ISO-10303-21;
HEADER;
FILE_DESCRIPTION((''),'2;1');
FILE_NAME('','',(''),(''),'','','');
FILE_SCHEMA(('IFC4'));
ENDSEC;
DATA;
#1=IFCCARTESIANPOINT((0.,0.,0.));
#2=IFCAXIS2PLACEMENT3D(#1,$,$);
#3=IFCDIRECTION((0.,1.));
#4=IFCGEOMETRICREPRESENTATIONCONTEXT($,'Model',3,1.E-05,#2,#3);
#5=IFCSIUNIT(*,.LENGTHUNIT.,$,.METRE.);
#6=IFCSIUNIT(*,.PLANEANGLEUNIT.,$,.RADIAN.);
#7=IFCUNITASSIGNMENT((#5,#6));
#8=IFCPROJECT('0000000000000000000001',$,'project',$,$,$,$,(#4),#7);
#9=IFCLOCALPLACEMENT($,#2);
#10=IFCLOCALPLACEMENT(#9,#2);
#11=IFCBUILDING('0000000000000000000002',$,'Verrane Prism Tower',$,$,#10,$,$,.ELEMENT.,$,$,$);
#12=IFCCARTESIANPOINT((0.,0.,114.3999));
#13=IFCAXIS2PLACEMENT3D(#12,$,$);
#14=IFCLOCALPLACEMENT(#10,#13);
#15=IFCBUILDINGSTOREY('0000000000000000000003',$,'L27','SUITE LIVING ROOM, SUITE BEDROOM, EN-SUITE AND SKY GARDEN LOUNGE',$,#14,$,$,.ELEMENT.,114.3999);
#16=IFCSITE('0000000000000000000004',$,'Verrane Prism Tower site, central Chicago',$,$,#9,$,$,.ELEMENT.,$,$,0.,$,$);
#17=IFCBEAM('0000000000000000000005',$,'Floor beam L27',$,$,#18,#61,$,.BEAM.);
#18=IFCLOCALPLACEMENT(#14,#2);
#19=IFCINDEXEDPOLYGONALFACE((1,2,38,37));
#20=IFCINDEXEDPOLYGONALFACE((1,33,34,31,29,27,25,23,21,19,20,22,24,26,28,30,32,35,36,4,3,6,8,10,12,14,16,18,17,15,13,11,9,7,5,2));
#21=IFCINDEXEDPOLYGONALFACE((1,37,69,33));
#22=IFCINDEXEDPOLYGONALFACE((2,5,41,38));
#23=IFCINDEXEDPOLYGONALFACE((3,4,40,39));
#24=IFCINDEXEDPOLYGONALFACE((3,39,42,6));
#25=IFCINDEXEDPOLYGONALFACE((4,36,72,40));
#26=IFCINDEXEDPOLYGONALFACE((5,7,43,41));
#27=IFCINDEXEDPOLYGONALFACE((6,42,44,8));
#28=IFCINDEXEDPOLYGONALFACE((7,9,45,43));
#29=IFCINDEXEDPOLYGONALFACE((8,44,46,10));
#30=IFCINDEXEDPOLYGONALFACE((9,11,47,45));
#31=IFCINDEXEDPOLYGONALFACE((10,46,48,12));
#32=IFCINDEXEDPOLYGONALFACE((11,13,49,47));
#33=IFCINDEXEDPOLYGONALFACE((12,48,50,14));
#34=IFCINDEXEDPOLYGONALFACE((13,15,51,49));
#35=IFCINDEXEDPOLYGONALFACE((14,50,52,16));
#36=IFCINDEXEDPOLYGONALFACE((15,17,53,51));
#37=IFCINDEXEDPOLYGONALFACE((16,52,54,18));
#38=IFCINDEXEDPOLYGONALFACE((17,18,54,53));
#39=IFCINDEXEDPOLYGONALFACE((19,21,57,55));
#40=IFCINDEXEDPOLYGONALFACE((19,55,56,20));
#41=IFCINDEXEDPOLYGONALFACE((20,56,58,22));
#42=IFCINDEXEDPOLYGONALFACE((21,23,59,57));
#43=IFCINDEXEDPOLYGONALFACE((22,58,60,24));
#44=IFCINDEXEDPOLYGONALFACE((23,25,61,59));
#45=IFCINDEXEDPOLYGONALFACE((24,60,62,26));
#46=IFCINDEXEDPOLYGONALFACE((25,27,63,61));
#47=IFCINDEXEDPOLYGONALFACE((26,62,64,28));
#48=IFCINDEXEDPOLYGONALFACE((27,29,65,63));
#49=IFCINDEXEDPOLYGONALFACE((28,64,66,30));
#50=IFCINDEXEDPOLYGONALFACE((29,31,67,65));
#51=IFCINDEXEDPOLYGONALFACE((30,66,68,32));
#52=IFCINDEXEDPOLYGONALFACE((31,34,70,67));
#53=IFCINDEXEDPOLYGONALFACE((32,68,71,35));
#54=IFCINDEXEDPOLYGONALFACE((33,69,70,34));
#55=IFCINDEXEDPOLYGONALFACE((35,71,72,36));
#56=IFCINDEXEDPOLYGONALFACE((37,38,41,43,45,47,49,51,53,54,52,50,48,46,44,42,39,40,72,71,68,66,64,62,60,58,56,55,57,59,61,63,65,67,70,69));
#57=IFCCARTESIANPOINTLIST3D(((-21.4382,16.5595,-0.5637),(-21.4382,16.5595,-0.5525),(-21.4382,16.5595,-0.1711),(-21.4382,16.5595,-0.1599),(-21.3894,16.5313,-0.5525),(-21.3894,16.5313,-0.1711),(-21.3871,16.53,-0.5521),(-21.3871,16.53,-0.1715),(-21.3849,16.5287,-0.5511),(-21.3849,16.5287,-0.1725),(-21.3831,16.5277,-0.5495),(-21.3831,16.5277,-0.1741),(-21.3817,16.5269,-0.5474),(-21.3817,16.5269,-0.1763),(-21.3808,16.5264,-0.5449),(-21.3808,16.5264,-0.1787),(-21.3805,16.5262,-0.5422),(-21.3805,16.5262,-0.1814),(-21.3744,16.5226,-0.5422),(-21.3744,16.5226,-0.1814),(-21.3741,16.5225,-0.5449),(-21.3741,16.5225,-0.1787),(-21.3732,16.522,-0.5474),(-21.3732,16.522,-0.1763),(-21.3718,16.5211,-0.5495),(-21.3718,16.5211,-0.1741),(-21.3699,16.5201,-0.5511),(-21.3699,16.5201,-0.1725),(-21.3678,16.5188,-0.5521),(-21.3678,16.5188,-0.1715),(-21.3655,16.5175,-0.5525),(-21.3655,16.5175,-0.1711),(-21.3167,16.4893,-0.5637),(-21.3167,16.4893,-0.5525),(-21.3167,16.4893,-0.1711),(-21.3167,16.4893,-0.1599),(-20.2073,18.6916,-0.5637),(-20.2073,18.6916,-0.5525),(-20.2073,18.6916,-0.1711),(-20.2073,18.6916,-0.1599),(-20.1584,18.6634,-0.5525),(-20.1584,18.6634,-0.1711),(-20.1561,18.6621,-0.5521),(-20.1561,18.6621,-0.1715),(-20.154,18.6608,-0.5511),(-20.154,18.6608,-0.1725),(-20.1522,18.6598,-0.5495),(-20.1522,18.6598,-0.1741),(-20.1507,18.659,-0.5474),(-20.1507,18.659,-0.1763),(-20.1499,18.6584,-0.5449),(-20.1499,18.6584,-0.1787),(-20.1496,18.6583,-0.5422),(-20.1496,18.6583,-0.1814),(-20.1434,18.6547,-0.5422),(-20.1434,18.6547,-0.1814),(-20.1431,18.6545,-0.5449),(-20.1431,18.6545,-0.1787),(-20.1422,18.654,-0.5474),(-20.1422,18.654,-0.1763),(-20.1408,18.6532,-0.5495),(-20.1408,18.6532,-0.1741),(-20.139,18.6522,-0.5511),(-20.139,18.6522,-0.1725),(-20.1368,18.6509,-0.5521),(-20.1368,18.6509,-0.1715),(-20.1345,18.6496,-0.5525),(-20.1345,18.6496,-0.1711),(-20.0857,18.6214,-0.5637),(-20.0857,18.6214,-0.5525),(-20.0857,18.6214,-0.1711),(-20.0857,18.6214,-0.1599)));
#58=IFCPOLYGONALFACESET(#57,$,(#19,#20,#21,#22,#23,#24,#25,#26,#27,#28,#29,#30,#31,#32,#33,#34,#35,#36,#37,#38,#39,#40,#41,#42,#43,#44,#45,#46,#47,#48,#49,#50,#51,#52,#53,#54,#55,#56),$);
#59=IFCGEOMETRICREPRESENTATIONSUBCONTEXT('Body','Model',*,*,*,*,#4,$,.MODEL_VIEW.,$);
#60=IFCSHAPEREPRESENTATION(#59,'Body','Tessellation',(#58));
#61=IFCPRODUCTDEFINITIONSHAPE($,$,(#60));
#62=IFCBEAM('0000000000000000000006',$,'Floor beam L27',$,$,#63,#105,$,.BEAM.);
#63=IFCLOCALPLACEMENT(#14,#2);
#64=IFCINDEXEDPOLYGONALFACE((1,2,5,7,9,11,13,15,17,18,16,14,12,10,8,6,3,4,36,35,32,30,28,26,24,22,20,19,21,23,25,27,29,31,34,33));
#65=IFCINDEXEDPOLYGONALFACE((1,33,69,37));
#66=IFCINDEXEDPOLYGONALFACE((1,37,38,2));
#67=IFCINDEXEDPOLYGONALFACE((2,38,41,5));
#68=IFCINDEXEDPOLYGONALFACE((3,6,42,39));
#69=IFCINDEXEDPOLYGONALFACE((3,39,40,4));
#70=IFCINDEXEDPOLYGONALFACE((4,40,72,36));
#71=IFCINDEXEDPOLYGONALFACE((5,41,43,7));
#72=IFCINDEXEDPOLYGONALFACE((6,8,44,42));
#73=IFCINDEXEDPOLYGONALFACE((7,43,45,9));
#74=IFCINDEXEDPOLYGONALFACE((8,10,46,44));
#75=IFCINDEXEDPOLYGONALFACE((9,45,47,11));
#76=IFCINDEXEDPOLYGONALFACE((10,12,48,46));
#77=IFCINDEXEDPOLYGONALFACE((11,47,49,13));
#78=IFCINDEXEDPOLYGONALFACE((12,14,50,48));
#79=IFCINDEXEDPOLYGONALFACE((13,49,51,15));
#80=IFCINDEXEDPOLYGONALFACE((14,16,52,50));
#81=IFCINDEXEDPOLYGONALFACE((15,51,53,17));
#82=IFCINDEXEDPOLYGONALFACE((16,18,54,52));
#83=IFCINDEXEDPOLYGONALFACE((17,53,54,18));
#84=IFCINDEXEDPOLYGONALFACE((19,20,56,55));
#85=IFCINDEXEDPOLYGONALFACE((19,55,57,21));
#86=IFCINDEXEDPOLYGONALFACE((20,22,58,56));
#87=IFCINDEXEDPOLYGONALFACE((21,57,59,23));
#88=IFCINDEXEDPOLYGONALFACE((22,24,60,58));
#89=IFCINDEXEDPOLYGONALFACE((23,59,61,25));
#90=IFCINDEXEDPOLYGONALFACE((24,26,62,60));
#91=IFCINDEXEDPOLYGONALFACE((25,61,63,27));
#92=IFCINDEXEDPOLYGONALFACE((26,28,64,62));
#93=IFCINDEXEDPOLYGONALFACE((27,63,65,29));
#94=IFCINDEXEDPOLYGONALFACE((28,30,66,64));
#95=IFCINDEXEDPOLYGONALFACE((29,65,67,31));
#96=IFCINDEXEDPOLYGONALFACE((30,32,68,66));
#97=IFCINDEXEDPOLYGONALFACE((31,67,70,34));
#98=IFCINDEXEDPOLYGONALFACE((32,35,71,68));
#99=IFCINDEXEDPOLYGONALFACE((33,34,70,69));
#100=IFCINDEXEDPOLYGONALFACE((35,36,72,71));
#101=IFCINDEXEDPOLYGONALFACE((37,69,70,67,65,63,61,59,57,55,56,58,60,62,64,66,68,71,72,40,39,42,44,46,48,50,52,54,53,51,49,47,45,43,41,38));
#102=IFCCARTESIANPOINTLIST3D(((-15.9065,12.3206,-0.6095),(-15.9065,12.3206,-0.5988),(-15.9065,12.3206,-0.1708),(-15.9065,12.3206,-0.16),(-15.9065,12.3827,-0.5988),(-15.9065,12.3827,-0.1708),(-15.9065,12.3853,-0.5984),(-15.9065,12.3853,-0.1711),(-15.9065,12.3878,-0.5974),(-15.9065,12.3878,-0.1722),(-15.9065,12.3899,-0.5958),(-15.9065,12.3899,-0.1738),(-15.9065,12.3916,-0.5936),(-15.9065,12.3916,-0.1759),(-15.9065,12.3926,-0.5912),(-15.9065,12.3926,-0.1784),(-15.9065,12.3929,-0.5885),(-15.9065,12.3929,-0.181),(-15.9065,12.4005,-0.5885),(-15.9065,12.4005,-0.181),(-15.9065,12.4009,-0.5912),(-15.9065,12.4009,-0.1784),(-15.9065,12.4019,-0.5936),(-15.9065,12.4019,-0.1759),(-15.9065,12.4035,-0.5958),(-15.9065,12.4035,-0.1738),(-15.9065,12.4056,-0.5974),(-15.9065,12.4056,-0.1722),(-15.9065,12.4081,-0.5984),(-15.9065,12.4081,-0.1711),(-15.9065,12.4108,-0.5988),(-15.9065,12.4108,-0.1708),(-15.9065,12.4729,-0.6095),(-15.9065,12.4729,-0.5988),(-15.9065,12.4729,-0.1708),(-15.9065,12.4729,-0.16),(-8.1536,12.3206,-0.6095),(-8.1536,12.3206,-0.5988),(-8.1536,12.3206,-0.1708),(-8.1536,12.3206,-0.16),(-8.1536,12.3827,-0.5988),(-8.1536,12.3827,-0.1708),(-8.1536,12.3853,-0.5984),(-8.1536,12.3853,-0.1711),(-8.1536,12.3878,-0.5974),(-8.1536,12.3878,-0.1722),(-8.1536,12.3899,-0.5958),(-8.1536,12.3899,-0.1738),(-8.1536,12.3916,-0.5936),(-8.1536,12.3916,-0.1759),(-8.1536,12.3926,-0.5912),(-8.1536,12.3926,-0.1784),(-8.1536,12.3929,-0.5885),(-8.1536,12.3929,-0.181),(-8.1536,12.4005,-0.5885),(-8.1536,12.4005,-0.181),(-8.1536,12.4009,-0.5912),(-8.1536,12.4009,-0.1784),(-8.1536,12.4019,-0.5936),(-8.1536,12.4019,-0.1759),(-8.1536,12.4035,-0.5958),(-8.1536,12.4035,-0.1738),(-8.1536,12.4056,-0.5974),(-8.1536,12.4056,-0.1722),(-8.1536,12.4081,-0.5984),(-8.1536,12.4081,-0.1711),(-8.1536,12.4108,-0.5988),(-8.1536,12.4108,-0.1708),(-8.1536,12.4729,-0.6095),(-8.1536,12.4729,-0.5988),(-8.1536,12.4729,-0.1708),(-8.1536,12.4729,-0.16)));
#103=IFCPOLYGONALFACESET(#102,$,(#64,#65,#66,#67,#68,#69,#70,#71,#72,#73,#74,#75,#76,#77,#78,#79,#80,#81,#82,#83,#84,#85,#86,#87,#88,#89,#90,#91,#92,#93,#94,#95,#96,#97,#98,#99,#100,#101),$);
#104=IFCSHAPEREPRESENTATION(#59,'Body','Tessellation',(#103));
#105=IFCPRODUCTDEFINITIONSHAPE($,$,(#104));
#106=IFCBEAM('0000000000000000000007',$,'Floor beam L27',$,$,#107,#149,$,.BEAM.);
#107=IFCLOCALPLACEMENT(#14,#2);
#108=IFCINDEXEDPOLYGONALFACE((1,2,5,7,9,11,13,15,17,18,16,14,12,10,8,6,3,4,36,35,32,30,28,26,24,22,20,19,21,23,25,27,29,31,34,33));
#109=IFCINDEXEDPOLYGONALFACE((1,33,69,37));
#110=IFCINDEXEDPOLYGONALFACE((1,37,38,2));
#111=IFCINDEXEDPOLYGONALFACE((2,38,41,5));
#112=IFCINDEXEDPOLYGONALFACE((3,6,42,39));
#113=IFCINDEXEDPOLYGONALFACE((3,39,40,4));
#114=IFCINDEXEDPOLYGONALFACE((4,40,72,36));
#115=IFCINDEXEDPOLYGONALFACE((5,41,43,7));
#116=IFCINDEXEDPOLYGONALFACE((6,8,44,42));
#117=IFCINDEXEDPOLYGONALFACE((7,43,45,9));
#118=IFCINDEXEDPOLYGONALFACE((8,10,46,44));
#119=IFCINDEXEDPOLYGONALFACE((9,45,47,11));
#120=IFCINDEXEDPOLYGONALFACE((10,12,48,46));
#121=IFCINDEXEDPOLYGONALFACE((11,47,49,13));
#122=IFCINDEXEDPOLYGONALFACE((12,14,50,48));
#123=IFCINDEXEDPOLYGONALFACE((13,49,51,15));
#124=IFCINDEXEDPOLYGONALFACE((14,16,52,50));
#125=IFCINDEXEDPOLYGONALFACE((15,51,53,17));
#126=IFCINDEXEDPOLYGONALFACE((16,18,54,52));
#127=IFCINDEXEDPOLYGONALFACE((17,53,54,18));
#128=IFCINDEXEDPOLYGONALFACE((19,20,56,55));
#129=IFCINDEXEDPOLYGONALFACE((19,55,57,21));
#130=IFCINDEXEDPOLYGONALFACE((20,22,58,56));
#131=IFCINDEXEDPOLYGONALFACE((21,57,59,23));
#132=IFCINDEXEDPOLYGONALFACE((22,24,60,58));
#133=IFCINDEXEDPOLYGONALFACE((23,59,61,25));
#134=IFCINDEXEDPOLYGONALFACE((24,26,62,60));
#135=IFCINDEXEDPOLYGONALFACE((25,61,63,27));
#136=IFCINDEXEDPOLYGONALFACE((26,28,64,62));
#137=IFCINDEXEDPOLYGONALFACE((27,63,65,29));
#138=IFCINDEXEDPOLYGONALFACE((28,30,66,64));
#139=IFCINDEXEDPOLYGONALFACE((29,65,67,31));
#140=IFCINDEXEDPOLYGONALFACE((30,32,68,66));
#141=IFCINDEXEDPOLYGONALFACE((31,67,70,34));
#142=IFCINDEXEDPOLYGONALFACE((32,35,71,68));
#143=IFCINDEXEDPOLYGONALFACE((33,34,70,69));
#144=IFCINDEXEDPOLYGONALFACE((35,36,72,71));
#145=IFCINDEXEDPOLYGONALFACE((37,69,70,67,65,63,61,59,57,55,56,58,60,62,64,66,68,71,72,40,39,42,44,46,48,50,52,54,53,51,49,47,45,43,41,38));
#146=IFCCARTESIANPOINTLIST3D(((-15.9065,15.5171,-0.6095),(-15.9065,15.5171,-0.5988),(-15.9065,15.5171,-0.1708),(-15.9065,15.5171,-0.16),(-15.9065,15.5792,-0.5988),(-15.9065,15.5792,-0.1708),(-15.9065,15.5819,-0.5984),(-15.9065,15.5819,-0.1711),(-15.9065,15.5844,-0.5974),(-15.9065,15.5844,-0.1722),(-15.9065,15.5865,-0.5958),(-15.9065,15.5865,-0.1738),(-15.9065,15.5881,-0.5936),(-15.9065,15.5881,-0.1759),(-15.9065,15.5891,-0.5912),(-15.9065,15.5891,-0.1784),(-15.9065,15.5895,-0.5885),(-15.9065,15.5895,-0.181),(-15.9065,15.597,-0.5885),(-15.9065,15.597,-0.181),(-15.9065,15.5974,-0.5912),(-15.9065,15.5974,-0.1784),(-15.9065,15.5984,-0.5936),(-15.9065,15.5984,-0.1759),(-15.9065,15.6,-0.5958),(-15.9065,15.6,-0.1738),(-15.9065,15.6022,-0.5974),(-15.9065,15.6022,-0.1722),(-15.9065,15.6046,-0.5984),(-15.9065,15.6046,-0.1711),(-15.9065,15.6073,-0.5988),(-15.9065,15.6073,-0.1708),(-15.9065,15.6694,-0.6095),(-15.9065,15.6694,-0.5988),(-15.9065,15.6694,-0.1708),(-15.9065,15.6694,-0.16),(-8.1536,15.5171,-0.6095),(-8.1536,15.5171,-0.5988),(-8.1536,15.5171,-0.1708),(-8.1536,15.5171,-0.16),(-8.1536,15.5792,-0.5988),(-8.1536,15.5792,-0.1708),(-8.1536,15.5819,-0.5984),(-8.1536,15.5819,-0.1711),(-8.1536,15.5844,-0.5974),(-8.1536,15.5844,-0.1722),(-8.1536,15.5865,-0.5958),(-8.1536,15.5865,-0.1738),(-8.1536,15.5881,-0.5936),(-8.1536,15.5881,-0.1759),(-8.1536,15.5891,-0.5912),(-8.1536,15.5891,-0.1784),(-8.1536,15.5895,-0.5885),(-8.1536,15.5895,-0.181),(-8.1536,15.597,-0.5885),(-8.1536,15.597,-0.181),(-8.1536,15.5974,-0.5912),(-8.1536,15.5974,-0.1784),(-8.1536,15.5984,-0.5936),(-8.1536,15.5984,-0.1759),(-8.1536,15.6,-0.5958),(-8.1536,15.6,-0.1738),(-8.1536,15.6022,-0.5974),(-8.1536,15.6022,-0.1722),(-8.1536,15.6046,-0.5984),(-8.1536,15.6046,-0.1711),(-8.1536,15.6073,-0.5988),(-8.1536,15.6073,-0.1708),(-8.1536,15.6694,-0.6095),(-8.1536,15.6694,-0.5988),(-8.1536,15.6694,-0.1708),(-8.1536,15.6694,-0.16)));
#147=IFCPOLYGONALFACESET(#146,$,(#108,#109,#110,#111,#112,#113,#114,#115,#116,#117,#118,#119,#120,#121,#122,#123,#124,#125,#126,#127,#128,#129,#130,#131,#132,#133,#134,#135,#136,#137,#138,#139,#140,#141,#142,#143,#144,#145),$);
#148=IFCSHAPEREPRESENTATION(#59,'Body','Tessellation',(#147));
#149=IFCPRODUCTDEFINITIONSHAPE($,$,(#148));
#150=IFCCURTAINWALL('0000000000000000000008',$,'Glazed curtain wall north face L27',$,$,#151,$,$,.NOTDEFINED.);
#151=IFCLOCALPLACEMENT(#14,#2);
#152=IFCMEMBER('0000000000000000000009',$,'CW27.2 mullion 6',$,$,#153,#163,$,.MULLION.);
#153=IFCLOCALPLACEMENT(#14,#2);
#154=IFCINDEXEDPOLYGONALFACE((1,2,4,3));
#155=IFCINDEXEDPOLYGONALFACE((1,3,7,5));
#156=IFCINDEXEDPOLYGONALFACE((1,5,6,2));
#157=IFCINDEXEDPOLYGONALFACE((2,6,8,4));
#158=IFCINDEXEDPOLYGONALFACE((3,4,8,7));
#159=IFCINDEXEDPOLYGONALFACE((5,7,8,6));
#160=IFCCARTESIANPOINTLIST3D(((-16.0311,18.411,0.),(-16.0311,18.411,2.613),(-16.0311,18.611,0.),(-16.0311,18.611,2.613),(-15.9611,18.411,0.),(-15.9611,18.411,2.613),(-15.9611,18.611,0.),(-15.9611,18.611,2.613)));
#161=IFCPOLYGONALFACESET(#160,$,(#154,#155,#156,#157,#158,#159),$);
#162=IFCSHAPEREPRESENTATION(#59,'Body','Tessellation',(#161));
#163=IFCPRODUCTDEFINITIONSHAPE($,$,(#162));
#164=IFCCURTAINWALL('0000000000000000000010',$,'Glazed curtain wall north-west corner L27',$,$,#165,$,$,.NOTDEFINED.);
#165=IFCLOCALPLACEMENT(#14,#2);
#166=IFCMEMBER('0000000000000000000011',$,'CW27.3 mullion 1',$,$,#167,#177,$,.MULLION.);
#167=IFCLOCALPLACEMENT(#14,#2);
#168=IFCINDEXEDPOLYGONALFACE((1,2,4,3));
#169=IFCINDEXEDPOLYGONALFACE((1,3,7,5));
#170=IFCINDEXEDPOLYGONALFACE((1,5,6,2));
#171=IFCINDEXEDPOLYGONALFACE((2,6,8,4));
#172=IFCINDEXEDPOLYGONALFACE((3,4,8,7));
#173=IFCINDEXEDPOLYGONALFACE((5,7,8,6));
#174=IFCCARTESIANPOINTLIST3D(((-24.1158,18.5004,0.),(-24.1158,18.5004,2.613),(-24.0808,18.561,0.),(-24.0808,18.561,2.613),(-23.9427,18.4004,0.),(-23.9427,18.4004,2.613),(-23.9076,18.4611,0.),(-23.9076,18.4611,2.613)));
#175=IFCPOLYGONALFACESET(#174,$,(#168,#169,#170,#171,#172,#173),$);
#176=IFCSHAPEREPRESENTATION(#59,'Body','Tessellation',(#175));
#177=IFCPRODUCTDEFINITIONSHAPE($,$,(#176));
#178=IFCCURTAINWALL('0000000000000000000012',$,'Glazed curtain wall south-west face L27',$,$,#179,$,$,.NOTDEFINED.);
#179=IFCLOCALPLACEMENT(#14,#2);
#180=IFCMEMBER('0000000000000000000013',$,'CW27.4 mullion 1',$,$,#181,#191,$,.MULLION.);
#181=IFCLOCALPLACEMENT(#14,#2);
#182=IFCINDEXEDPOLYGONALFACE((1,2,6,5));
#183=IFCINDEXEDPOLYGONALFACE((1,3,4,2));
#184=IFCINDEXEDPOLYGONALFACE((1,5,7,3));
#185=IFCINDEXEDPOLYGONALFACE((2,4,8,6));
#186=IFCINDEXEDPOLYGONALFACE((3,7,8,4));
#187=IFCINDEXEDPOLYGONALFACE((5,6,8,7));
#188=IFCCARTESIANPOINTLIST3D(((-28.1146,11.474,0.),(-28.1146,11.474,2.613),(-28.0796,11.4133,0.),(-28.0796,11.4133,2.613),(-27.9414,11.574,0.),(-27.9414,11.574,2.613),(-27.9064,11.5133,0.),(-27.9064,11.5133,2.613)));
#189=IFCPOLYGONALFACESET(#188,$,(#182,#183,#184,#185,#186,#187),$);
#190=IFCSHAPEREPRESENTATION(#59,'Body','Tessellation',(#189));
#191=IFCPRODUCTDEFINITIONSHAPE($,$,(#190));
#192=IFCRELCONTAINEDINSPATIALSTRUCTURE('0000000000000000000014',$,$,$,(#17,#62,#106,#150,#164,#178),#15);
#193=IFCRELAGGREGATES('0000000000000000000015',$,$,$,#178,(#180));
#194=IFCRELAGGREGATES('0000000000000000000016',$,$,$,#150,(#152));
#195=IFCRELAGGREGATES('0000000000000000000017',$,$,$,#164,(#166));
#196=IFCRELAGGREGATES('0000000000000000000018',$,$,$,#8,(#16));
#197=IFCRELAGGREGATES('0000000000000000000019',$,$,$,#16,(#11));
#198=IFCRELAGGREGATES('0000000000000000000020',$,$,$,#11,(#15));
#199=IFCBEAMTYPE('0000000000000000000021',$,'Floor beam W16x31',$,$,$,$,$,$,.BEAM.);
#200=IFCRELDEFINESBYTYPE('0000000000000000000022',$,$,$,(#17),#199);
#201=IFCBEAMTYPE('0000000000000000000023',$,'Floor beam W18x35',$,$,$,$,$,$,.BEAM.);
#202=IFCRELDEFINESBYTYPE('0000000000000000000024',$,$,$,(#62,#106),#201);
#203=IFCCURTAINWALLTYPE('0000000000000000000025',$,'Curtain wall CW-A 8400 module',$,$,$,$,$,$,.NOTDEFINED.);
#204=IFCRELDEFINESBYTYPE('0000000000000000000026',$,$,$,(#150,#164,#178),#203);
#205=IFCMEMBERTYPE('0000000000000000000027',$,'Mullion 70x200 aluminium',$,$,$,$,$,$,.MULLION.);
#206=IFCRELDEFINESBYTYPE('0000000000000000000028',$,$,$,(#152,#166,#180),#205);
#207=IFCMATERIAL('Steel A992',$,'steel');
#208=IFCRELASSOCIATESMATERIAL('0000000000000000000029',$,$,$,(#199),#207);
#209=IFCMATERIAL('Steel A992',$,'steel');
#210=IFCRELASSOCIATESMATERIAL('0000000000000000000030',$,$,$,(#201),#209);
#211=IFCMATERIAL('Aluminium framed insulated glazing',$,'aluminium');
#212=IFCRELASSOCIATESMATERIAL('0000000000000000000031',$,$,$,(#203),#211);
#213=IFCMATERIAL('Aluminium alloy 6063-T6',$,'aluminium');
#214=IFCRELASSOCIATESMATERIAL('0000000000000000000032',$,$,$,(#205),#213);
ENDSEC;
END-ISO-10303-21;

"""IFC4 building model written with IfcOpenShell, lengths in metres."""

from ifc_helpers import new_model, si_unit, direction, frame, origin, origin_2d, place, context, subcontext, project, spatial, rectangle, i_section, extrude, material, material_profile, profile_set, type_object, element, aggregate, save


model = new_model("IFC4")

# Units and contexts
model_context = context("Model", 3, precision=1e-05, world=origin(), true_north=direction((0.0, 1.0)))
body_context = subcontext(model_context, "Body", "Model", "MODEL_VIEW")
ifc_project = project(units=[si_unit("LENGTHUNIT", "METRE"), si_unit("PLANEANGLEUNIT", "RADIAN")], contexts=[model_context])

# Site, building, storey
site_placement = place(None, origin())
site = spatial("IfcSite", under=ifc_project, at=site_placement, Name="Verrane Prism Tower site, central Chicago", CompositionType="ELEMENT", RefElevation=0.0)
building_placement = place(site_placement, origin())
building = spatial("IfcBuilding", under=site, at=building_placement, Name="Verrane Prism Tower", CompositionType="ELEMENT")
storey_placement = place(building_placement, frame((0.0, 0.0, 114.3999)))
storey = spatial("IfcBuildingStorey", under=building, at=storey_placement, Name="L27", Description="SUITE LIVING ROOM, SUITE BEDROOM, EN-SUITE AND SKY GARDEN LOUNGE", CompositionType="ELEMENT", Elevation=114.3999)

# Beams
ifc_material_1 = material(Name="Steel A992", Category="steel")
ifc_material_profile_1 = material_profile(ifc_material_1, i_section(OverallWidth=0.1404, OverallDepth=0.4038, WebThickness=0.0071, FlangeThickness=0.0112, FilletRadius=0.0103, at=origin_2d()), Name="W16x31")
ifc_profile_set_1 = profile_set([ifc_material_profile_1], Name="Steel A992")
beam_type_1 = type_object("IfcBeamType", Name="Floor beam W16x31", PredefinedType="BEAM", material=ifc_profile_set_1)
beam_1_placement = place(storey_placement, frame((-21.3774, 16.5244, -0.3618), z_axis=(0.5, 0.866025, 0.0), x_axis=(-0.866025, 0.5, 0.0)))
element("IfcBeam", 1, at=beam_1_placement, inside=storey, type_object=beam_type_1, Name="Floor beam L27", PredefinedType="BEAM", context=body_context, shape_type="SweptSolid", body=[
    extrude(i_section(OverallWidth=0.1404, OverallDepth=0.4038, WebThickness=0.0071, FlangeThickness=0.0112, FilletRadius=0.0103, at=origin_2d()), origin(), (0.0, 0.0, 1.0), 2.4619),
])
ifc_material_2 = material(Name="Steel A992", Category="steel")
ifc_material_profile_2 = material_profile(ifc_material_2, i_section(OverallWidth=0.1523, OverallDepth=0.4495, WebThickness=0.0076, FlangeThickness=0.0107, FilletRadius=0.0103, at=origin_2d()), Name="W18x35")
ifc_profile_set_2 = profile_set([ifc_material_profile_2], Name="Steel A992")
beam_type_2 = type_object("IfcBeamType", Name="Floor beam W18x35", PredefinedType="BEAM", material=ifc_profile_set_2)
for number, where, z_axis, x_axis, name in (
    (2, (-15.9065, 12.3967, -0.3848), (1.0, 0.0, 0.0), (0.0, 1.0, 0.0), "Floor beam L27"),
    (3, (-15.9065, 15.5933, -0.3848), (1.0, 0.0, 0.0), (0.0, 1.0, 0.0), "Floor beam L27"),
):
    element("IfcBeam", number, at=place(storey_placement, frame(where, z_axis=z_axis, x_axis=x_axis)), inside=storey, type_object=beam_type_2, Name=name, PredefinedType="BEAM", context=body_context, shape_type="SweptSolid", body=[
        extrude(i_section(OverallWidth=0.1523, OverallDepth=0.4495, WebThickness=0.0076, FlangeThickness=0.0107, FilletRadius=0.0103, at=origin_2d()), origin(), (0.0, 0.0, 1.0), 7.7529),
    ])

# Curtain walls, members
ifc_material_3 = material(Name="Aluminium framed insulated glazing", Category="aluminium")
curtain_wall_type = type_object("IfcCurtainWallType", Name="Curtain wall CW-A 8400 module", PredefinedType="NOTDEFINED", material=ifc_material_3)
curtain_wall_1_placement = place(storey_placement, origin())
curtain_wall_1 = element("IfcCurtainWall", 4, at=curtain_wall_1_placement, inside=storey, type_object=curtain_wall_type, Name="Glazed curtain wall north face L27", PredefinedType="NOTDEFINED")
ifc_material_4 = material(Name="Aluminium alloy 6063-T6", Category="aluminium")
ifc_material_profile_3 = material_profile(ifc_material_4, rectangle(XDim=0.2, YDim=0.0701, at=origin_2d()), Name="Mullion 70x200 aluminium")
ifc_profile_set_3 = profile_set([ifc_material_profile_3], Name="Aluminium alloy 6063-T6")
member_type_1 = type_object("IfcMemberType", Name="Mullion 70x200 aluminium", PredefinedType="MULLION", material=ifc_profile_set_3)
member_1_placement = place(storey_placement, frame((-15.9961, 18.511, 0.0), z_axis=(0.0, 0.0, 1.0), x_axis=(0.0, -1.0, 0.0)))
member_1 = element("IfcMember", 5, at=member_1_placement, type_object=member_type_1, Name="CW27.2 mullion 6", PredefinedType="MULLION", context=body_context, shape_type="SweptSolid", body=[
    extrude(rectangle(XDim=0.2, YDim=0.0701, at=origin_2d()), origin(), (0.0, 0.0, 1.0), 2.613),
])
curtain_wall_2_placement = place(storey_placement, origin())
curtain_wall_2 = element("IfcCurtainWall", 6, at=curtain_wall_2_placement, inside=storey, type_object=curtain_wall_type, Name="Glazed curtain wall north-west corner L27", PredefinedType="NOTDEFINED")
member_2_placement = place(storey_placement, frame((-24.0117, 18.4807, 0.0), z_axis=(0.0, 0.0, 1.0), x_axis=(0.866028, -0.499996, 0.0)))
member_2 = element("IfcMember", 7, at=member_2_placement, type_object=member_type_1, Name="CW27.3 mullion 1", PredefinedType="MULLION", context=body_context, shape_type="SweptSolid", body=[
    extrude(rectangle(XDim=0.2, YDim=0.0701, at=origin_2d()), origin(), (0.0, 0.0, 1.0), 2.613),
])
curtain_wall_3_placement = place(storey_placement, origin())
curtain_wall_3 = element("IfcCurtainWall", 8, at=curtain_wall_3_placement, inside=storey, type_object=curtain_wall_type, Name="Glazed curtain wall south-west face L27", PredefinedType="NOTDEFINED")
member_3_placement = place(storey_placement, frame((-28.0105, 11.4937, 0.0), z_axis=(0.0, 0.0, 1.0), x_axis=(0.866026, 0.499999, 0.0)))
member_3 = element("IfcMember", 9, at=member_3_placement, type_object=member_type_1, Name="CW27.4 mullion 1", PredefinedType="MULLION", context=body_context, shape_type="SweptSolid", body=[
    extrude(rectangle(XDim=0.2, YDim=0.0701, at=origin_2d()), origin(), (0.0, 0.0, 1.0), 2.613),
])

aggregate(curtain_wall_3, [member_3])

aggregate(curtain_wall_1, [member_1])
aggregate(curtain_wall_2, [member_2])

save(model, "model.ifc")
